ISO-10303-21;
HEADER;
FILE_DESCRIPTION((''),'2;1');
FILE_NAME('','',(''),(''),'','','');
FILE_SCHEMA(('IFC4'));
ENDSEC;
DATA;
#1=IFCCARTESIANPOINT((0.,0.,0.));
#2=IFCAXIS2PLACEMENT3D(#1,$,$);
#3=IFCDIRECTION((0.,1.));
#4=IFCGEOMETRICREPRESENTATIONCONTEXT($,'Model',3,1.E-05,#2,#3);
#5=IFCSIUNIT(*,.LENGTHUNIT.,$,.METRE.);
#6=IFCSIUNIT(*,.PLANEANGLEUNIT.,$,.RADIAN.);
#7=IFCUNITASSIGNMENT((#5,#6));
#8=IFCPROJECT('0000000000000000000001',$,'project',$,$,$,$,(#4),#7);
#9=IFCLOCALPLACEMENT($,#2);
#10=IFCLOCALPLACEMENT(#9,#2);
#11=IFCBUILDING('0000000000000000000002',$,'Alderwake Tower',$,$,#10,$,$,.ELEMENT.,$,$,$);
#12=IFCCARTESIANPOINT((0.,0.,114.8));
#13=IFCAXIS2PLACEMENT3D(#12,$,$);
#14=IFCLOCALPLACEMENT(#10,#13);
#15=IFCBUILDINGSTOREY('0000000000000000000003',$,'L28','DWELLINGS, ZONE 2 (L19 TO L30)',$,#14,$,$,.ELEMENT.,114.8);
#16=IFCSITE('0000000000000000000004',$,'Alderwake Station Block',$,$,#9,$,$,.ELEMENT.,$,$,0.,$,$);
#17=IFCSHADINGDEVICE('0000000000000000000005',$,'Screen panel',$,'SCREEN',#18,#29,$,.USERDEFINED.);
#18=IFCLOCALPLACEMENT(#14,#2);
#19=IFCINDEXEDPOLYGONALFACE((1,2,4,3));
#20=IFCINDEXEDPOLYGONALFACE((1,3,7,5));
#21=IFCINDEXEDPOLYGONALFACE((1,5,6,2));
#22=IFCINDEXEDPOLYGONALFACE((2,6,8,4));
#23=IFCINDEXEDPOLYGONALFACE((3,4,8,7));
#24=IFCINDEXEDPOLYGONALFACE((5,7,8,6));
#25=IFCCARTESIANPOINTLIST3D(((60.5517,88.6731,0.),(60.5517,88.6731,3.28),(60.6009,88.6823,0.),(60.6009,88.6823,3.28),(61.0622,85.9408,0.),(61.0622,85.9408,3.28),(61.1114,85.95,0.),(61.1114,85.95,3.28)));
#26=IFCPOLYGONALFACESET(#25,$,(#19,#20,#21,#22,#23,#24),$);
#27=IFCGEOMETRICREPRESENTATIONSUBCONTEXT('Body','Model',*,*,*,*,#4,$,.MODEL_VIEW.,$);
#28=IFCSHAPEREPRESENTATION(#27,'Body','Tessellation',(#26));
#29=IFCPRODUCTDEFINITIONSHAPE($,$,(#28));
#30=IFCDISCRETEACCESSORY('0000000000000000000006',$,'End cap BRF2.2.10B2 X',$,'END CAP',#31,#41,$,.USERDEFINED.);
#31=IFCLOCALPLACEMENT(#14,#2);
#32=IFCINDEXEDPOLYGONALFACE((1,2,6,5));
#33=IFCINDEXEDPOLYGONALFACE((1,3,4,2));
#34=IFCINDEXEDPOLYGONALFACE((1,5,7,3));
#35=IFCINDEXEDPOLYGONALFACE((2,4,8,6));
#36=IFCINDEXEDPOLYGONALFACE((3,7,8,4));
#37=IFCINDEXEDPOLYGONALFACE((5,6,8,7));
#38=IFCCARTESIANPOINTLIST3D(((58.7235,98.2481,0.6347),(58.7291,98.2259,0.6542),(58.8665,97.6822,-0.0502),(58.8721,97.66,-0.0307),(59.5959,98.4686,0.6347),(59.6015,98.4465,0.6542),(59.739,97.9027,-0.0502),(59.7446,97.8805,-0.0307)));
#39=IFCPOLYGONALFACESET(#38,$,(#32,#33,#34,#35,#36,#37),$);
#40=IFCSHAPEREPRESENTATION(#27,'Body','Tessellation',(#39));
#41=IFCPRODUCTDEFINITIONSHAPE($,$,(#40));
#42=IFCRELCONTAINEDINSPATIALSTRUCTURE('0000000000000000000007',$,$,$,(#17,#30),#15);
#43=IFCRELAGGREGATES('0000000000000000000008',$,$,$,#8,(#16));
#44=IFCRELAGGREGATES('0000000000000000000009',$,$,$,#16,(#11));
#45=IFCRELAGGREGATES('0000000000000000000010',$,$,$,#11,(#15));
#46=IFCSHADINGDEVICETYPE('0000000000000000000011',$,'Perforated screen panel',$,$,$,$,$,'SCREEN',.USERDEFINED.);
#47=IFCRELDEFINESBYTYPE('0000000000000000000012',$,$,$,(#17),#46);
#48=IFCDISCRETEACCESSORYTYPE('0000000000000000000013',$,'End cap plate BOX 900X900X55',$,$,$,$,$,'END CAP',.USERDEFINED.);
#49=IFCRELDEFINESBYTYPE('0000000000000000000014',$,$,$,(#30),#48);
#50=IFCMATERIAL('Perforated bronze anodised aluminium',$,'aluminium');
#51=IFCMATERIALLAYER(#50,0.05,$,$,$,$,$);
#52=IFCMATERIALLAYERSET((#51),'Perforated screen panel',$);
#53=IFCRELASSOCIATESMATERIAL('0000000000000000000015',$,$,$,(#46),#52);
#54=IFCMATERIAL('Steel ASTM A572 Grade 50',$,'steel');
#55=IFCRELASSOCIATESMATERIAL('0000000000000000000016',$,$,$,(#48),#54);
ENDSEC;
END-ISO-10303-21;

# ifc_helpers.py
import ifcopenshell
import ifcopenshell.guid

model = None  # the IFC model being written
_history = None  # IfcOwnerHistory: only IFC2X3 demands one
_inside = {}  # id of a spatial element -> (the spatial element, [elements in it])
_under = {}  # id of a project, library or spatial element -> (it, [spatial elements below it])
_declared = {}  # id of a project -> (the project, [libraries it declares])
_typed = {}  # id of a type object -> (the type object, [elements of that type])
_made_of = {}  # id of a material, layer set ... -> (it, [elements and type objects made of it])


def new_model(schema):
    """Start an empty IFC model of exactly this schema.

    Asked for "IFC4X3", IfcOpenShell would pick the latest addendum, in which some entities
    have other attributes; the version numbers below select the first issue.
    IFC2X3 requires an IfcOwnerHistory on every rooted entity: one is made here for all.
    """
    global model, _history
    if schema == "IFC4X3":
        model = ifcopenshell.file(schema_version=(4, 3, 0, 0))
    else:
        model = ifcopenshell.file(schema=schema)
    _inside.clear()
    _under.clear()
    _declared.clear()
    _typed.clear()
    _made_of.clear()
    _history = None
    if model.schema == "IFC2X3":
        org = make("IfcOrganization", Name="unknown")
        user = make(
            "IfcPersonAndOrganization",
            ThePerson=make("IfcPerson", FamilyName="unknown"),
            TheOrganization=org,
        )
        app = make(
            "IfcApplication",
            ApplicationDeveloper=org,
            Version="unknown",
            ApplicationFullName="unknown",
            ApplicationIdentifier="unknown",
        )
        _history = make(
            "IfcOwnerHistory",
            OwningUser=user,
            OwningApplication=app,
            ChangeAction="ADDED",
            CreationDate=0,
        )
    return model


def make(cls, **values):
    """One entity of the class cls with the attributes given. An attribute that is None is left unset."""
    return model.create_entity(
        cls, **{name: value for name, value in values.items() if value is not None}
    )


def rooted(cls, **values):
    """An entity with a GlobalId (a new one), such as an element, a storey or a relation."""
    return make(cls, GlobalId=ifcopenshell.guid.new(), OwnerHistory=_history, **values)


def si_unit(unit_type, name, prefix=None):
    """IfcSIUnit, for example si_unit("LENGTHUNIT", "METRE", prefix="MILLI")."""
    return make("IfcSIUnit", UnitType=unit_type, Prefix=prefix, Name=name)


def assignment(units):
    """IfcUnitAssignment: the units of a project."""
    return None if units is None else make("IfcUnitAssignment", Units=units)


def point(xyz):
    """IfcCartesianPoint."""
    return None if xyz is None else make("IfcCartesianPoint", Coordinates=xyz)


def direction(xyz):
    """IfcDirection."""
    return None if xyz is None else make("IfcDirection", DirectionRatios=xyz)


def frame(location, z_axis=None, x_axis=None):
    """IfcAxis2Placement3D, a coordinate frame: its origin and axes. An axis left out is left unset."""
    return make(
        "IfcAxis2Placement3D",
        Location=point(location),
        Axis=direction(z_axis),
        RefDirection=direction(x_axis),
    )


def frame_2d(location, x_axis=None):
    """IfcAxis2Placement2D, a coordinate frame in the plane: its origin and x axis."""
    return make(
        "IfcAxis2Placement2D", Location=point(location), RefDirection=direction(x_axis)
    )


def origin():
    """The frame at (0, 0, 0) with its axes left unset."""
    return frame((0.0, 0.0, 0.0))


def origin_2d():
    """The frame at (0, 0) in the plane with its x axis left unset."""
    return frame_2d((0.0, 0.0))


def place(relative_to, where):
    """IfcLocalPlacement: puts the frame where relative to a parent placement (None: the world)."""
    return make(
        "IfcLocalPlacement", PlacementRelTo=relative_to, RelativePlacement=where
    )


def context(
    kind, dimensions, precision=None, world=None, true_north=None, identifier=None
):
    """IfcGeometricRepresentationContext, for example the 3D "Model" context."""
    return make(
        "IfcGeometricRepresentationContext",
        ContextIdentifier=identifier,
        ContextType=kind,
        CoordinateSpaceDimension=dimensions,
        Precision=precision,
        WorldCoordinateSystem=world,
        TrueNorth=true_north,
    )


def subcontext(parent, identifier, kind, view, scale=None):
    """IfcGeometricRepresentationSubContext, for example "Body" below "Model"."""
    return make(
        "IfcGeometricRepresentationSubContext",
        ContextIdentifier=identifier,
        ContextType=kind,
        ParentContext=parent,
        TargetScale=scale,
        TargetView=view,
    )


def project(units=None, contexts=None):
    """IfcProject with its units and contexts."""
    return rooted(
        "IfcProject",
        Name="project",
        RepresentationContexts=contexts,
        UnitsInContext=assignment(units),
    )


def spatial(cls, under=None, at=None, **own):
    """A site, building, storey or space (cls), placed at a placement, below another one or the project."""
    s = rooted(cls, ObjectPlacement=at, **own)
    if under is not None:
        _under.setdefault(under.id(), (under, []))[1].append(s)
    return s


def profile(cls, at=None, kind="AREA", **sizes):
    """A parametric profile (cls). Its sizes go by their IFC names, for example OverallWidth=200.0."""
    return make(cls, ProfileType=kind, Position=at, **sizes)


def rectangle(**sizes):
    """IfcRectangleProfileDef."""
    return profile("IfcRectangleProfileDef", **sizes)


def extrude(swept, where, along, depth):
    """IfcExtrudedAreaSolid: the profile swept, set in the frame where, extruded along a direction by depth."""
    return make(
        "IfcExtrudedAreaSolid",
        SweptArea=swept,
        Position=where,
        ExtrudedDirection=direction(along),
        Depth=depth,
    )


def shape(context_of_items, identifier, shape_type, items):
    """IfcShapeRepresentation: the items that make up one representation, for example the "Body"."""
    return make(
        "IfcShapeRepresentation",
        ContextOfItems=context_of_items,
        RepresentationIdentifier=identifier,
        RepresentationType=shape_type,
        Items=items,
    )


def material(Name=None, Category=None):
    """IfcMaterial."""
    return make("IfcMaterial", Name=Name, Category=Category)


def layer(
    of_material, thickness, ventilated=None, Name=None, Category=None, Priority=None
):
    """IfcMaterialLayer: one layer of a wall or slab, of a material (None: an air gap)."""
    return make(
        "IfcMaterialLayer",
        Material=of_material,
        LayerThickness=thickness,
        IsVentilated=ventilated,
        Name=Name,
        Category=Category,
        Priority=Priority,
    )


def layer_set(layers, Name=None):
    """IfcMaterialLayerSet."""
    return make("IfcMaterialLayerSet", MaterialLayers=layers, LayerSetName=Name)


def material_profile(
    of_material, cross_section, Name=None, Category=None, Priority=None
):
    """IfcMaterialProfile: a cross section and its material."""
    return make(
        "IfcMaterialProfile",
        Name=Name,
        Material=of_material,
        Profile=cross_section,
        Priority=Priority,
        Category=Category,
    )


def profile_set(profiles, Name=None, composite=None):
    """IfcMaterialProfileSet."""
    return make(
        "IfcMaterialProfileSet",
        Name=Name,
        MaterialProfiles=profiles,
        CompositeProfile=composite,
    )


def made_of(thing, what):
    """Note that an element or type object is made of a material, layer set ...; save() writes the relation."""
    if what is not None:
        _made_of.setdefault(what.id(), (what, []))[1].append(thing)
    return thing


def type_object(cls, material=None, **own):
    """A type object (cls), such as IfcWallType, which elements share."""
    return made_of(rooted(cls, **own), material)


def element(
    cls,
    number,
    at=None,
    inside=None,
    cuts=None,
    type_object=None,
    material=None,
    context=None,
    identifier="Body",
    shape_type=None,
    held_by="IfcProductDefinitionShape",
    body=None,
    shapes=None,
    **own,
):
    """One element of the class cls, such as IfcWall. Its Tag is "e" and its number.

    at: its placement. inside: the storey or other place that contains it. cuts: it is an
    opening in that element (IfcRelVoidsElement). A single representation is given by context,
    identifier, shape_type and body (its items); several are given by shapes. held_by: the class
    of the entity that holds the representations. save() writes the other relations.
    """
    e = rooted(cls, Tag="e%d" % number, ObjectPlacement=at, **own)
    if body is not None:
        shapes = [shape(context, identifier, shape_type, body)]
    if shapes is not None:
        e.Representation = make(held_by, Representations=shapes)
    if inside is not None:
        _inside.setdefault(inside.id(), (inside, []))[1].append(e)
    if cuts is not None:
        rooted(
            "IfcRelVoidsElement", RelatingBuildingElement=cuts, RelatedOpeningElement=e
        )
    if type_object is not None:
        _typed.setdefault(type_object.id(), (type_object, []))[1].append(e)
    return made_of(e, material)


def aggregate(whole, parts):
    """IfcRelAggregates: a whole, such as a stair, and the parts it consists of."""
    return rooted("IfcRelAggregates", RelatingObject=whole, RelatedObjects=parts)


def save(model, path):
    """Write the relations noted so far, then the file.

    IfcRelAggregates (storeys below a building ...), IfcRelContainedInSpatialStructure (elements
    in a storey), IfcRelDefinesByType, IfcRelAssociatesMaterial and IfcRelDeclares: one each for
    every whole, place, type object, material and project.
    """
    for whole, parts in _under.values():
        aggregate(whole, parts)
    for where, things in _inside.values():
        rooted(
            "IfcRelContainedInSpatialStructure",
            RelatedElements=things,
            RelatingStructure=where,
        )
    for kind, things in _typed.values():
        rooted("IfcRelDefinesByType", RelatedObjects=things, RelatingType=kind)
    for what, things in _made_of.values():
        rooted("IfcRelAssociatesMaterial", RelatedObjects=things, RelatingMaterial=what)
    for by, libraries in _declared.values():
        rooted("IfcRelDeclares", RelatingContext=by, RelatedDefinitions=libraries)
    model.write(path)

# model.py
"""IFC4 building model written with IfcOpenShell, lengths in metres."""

from ifc_helpers import new_model, si_unit, direction, frame, origin, origin_2d, place, context, subcontext, project, spatial, rectangle, extrude, material, layer, layer_set, material_profile, profile_set, type_object, element, save


model = new_model("IFC4")

# Units and contexts
model_context = context("Model", 3, precision=1e-05, world=origin(), true_north=direction((0.0, 1.0)))
body_context = subcontext(model_context, "Body", "Model", "MODEL_VIEW")
ifc_project = project(units=[si_unit("LENGTHUNIT", "METRE"), si_unit("PLANEANGLEUNIT", "RADIAN")], contexts=[model_context])

# Site, building, storey
site_placement = place(None, origin())
site = spatial("IfcSite", under=ifc_project, at=site_placement, Name="Alderwake Station Block", CompositionType="ELEMENT", RefElevation=0.0)
building_placement = place(site_placement, origin())
building = spatial("IfcBuilding", under=site, at=building_placement, Name="Alderwake Tower", CompositionType="ELEMENT")
storey_placement = place(building_placement, frame((0.0, 0.0, 114.8)))
storey = spatial("IfcBuildingStorey", under=building, at=storey_placement, Name="L28", Description="DWELLINGS, ZONE 2 (L19 TO L30)", CompositionType="ELEMENT", Elevation=114.8)

# Shading device
ifc_material_1 = material(Name="Perforated bronze anodised aluminium", Category="aluminium")
ifc_layer_1 = layer(ifc_material_1, 0.05)
ifc_layer_set_1 = layer_set([ifc_layer_1], Name="Perforated screen panel")
shading_device_type_1 = type_object("IfcShadingDeviceType", Name="Perforated screen panel", ElementType="SCREEN", PredefinedType="USERDEFINED", material=ifc_layer_set_1)
shading_device_placement = place(storey_placement, frame((60.8315, 87.3115, 0.0), z_axis=(0.0, 0.0, 1.0), x_axis=(0.982991, 0.183651, 0.0)))
element("IfcShadingDevice", 1, at=shading_device_placement, inside=storey, type_object=shading_device_type_1, Name="Screen panel", ObjectType="SCREEN", PredefinedType="USERDEFINED", context=body_context, shape_type="SweptSolid", body=[
    extrude(rectangle(XDim=0.05, YDim=2.7795, at=origin_2d()), origin(), (0.0, 0.0, 1.0), 3.28),
])

# Discrete accessory
ifc_material_2 = material(Name="Steel ASTM A572 Grade 50", Category="steel")
ifc_material_profile_1 = material_profile(ifc_material_2, rectangle(XDim=0.8999, YDim=0.8999, at=origin_2d()), Name="BOX 900X900X55 cap")
ifc_profile_set_1 = profile_set([ifc_material_profile_1], Name="Steel ASTM A572 Grade 50")
discrete_accessory_type = type_object("IfcDiscreteAccessoryType", Name="End cap plate BOX 900X900X55", ElementType="END CAP", PredefinedType="USERDEFINED", material=ifc_profile_set_1)
discrete_accessory_placement = place(storey_placement, frame((59.2368, 98.0532, 0.3118), z_axis=(-0.186493, 0.737865, -0.648672), x_axis=(-0.969513, -0.245042, 0.0)))
element("IfcDiscreteAccessory", 2, at=discrete_accessory_placement, inside=storey, type_object=discrete_accessory_type, Name="End cap BRF2.2.10B2 X", ObjectType="END CAP", PredefinedType="USERDEFINED", context=body_context, shape_type="SweptSolid", body=[
    extrude(rectangle(XDim=0.8999, YDim=0.8999, at=origin_2d()), origin(), (0.0, 0.0, 1.0), 0.03),
])

save(model, "model.ifc")
